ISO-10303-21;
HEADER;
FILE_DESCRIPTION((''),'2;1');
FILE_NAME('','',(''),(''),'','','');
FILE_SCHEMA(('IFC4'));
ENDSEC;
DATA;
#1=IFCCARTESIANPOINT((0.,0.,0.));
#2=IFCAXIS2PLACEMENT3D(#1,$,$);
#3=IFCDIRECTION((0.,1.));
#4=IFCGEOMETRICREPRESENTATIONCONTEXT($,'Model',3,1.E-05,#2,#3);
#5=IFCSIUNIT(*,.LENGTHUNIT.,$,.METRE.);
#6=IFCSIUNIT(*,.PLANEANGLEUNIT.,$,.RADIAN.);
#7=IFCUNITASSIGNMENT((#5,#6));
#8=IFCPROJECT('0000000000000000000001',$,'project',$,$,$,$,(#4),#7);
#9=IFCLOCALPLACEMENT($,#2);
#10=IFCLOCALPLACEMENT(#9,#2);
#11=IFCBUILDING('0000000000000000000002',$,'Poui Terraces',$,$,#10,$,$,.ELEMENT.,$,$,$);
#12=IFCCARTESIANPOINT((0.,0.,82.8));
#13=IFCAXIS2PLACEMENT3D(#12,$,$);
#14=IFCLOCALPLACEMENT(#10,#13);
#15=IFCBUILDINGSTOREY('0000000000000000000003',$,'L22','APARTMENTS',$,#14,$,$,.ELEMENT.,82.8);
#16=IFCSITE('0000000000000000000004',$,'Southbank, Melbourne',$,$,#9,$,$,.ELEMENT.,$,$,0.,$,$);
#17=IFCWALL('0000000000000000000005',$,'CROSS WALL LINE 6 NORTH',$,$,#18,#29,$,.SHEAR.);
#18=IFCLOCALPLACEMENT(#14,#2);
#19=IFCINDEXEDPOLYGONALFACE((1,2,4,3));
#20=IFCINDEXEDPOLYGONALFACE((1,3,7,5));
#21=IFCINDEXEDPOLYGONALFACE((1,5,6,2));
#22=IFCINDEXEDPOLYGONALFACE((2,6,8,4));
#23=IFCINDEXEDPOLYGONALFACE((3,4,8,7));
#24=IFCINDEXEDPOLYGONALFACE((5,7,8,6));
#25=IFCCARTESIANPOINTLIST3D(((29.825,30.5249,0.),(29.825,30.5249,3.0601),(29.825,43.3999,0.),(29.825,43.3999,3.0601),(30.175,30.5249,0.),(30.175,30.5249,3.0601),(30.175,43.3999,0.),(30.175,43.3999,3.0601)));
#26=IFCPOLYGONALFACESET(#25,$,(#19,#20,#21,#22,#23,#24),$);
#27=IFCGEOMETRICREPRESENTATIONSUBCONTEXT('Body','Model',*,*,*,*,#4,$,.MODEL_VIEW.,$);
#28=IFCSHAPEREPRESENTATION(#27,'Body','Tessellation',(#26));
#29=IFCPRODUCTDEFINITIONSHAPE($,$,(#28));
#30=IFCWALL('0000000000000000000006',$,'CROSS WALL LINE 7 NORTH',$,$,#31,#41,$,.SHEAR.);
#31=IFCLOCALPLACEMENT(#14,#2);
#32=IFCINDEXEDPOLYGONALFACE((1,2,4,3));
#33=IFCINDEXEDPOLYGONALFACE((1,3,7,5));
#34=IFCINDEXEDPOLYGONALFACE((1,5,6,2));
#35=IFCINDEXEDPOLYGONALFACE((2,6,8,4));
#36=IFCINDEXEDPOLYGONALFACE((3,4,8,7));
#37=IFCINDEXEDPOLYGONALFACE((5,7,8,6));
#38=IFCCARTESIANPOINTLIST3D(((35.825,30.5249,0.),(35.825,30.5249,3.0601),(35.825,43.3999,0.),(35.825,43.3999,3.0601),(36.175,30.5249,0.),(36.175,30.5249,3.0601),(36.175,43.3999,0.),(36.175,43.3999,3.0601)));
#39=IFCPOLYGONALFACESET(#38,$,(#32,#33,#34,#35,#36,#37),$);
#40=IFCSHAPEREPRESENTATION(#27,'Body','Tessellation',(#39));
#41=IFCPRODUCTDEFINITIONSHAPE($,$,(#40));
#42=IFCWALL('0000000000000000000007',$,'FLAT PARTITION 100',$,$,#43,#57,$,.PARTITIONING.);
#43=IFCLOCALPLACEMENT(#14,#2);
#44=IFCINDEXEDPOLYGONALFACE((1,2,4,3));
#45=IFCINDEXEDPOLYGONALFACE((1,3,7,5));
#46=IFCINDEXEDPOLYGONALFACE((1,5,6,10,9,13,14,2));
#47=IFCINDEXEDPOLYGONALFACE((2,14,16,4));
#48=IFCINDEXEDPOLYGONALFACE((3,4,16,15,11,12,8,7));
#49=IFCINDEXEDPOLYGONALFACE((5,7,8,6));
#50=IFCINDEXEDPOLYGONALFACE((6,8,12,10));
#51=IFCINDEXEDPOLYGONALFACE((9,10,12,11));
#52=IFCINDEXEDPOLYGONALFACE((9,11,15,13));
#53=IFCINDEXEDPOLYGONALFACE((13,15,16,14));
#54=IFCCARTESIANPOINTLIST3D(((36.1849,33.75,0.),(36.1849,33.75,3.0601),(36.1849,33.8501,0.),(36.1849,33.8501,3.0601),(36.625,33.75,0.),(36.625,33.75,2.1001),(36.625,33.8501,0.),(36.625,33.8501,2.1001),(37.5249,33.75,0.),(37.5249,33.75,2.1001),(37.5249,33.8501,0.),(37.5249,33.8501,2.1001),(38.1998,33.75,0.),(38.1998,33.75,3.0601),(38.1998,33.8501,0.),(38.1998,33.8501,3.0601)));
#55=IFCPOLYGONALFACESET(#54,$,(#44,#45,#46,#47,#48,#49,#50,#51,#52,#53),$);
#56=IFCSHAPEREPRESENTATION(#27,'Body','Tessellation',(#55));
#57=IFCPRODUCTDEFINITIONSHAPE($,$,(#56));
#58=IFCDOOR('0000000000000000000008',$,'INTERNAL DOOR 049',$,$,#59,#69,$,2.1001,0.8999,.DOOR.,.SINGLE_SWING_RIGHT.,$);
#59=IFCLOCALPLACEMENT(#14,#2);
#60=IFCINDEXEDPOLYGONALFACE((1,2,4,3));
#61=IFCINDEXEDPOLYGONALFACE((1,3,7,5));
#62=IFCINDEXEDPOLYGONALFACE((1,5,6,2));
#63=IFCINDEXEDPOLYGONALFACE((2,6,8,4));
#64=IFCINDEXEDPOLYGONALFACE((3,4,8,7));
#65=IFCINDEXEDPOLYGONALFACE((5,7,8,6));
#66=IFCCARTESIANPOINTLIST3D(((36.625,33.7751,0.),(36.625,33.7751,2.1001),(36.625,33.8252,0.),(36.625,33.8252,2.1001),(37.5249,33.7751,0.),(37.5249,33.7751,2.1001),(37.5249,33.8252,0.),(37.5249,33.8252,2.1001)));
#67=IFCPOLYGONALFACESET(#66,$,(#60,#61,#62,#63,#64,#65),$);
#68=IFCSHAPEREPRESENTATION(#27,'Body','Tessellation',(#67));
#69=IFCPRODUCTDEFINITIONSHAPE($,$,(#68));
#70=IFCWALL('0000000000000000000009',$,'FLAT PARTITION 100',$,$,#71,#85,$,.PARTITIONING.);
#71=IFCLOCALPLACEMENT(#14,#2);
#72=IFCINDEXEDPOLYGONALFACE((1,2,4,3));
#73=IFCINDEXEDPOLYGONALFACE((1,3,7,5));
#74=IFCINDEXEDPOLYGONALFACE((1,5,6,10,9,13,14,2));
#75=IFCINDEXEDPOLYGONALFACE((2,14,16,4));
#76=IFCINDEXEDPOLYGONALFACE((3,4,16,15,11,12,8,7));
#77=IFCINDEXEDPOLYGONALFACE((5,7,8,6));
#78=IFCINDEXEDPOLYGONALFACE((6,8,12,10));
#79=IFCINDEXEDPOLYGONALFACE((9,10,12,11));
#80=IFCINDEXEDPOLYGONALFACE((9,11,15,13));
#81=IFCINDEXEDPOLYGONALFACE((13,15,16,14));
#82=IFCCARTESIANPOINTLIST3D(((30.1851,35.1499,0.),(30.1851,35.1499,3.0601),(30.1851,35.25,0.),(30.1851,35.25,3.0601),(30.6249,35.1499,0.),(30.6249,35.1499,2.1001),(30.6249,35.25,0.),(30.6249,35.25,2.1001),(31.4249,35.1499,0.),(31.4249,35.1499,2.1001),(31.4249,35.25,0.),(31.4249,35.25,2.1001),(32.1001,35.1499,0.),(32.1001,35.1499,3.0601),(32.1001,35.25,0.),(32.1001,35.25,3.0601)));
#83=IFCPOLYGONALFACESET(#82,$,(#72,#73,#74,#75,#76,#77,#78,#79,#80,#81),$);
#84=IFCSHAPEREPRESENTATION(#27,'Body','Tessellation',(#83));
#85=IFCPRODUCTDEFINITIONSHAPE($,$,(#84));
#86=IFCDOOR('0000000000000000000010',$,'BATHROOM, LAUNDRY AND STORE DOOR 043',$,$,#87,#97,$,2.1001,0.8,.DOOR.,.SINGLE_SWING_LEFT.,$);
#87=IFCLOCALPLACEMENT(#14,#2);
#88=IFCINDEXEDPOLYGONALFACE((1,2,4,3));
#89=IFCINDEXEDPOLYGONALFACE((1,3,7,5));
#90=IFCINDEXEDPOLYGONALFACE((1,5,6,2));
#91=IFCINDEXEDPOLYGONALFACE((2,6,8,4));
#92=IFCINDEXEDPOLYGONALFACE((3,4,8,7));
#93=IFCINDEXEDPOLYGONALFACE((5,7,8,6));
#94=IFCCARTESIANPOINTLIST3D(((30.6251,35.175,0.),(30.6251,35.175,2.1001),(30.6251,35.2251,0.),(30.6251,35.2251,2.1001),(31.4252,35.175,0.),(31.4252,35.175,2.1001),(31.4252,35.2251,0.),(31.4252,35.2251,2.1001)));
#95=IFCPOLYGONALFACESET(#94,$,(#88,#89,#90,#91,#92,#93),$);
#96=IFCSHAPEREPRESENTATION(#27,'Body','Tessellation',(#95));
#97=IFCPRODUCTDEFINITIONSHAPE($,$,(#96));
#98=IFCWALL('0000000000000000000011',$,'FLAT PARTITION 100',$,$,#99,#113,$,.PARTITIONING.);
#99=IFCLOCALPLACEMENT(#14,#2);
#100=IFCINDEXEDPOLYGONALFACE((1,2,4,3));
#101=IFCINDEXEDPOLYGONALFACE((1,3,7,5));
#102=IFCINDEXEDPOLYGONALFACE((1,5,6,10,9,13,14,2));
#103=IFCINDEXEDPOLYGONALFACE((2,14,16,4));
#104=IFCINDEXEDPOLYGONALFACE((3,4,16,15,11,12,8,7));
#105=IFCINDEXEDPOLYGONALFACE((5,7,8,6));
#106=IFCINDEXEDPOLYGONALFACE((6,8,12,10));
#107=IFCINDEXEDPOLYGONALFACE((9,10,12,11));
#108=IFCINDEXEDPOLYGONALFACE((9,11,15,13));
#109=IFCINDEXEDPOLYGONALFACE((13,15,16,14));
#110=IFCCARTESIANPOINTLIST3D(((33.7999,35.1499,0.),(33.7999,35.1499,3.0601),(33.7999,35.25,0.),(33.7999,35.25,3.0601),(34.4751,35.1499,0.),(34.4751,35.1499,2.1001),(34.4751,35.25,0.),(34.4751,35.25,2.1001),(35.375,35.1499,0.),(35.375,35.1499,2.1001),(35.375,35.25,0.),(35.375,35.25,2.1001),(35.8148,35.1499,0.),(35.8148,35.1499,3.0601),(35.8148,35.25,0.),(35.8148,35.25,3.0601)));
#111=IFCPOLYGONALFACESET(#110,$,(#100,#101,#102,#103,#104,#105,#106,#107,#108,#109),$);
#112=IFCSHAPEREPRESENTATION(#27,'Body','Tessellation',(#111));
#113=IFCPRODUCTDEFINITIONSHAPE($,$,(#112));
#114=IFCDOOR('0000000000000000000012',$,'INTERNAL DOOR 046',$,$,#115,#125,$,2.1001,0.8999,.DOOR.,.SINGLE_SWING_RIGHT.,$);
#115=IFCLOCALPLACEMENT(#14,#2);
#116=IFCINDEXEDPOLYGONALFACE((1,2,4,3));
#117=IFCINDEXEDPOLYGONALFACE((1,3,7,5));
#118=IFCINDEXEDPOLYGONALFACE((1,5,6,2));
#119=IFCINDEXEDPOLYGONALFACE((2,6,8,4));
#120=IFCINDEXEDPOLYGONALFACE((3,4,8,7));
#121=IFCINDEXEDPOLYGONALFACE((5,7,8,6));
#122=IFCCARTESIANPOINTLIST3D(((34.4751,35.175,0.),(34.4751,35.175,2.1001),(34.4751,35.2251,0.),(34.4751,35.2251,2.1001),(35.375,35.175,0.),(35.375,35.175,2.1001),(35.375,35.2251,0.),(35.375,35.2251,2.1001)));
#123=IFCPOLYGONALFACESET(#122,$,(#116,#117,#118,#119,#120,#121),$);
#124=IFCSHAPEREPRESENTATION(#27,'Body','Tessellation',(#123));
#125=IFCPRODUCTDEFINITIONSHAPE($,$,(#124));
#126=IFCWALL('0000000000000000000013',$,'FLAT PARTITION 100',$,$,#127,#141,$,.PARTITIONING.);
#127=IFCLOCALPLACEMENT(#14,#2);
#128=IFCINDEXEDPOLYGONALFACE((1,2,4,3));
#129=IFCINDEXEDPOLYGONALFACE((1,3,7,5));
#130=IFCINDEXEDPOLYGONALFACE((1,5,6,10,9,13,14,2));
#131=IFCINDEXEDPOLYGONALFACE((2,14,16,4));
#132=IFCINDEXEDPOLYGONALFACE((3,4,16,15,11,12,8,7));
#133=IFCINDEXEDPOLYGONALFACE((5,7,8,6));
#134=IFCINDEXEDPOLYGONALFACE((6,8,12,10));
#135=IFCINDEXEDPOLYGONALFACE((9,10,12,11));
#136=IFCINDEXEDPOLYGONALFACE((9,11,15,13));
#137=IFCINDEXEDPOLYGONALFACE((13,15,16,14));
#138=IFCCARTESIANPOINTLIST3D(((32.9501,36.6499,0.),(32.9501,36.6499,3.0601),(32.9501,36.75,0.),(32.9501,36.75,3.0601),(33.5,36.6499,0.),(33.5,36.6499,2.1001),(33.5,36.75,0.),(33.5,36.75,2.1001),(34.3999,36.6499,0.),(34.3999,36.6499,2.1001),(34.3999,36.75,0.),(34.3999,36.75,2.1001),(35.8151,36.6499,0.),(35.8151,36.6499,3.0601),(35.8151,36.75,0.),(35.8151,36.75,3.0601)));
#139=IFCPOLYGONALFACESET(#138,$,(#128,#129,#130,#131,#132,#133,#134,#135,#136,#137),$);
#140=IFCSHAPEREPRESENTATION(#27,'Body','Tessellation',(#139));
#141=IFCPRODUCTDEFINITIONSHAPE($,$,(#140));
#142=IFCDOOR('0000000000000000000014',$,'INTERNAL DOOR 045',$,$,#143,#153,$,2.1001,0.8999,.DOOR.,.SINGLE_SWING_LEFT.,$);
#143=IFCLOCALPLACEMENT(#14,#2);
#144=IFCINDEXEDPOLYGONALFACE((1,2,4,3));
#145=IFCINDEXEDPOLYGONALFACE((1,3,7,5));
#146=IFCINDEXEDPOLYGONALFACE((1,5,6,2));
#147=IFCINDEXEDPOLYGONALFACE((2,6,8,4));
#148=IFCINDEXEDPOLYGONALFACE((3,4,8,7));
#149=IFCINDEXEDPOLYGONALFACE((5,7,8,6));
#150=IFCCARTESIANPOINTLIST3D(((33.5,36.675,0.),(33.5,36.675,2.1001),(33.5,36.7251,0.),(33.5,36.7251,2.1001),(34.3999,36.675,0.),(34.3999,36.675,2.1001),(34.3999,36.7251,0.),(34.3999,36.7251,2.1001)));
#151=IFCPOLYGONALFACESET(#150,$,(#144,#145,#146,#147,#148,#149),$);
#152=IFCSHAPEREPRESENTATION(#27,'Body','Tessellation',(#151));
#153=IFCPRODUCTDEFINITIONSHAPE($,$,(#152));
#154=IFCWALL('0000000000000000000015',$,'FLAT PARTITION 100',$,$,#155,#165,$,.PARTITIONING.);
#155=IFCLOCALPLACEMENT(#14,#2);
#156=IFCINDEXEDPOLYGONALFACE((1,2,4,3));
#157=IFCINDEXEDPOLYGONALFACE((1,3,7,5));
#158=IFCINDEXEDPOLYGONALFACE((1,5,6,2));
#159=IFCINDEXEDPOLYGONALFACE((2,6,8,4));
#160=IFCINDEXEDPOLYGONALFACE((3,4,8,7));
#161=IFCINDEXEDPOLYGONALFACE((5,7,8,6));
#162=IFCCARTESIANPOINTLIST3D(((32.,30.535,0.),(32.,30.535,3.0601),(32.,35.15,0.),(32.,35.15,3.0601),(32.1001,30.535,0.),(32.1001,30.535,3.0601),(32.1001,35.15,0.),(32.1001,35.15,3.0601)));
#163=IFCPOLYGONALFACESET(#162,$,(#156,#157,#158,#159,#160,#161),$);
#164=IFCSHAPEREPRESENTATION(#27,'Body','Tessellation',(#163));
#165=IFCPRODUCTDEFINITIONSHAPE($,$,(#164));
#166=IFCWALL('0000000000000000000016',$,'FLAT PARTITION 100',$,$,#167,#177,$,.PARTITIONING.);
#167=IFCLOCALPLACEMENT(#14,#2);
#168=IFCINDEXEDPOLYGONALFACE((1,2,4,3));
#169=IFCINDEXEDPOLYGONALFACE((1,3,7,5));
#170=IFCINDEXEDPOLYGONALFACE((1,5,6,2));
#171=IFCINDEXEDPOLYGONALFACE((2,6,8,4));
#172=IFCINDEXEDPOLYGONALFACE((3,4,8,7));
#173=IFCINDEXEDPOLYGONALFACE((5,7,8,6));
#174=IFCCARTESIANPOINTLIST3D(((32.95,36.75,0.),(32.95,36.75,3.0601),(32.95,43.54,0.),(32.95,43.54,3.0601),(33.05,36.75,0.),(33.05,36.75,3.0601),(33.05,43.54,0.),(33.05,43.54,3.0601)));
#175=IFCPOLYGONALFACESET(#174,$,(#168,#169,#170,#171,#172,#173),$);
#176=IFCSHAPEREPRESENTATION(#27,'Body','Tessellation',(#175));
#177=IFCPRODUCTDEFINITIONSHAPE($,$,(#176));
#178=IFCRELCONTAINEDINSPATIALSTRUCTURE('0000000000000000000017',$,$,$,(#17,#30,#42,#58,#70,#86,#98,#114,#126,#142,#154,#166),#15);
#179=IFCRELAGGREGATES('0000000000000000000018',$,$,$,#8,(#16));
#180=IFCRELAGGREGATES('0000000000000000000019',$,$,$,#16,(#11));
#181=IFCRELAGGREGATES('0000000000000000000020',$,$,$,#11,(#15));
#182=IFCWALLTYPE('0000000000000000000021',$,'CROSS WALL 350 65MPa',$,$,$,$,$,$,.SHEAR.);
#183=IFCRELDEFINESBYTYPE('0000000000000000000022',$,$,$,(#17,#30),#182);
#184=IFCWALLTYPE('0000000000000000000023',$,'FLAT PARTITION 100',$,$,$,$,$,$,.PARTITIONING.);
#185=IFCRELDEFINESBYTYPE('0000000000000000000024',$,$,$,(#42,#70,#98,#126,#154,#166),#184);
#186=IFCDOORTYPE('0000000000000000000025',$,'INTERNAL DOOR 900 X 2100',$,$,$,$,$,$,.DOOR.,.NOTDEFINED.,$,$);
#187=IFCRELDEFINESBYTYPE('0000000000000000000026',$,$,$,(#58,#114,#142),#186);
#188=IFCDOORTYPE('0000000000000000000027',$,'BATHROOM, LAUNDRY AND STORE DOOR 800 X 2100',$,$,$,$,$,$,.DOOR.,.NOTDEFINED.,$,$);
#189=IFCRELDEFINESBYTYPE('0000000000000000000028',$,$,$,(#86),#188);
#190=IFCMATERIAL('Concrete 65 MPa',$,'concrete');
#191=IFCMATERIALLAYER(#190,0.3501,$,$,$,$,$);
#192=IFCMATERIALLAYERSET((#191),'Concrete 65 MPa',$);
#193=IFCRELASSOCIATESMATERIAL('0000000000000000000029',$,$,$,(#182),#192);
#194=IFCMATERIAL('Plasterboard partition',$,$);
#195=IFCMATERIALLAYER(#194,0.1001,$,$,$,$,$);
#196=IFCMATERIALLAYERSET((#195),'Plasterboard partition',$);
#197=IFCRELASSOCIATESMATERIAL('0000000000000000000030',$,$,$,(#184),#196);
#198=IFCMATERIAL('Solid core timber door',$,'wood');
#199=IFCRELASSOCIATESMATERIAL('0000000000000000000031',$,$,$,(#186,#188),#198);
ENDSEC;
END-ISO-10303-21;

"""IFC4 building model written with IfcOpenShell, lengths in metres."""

from ifc_helpers import new_model, si_unit, direction, frame, frame_2d, origin, place, context, subcontext, project, spatial, rectangle, extrude, material, layer, layer_set, type_object, element, fill, save


model = new_model("IFC4")

# Units and contexts
model_context = context("Model", 3, precision=1e-05, world=origin(), true_north=direction((0.0, 1.0)))
body_context = subcontext(model_context, "Body", "Model", "MODEL_VIEW")
ifc_project = project(units=[si_unit("LENGTHUNIT", "METRE"), si_unit("PLANEANGLEUNIT", "RADIAN")], contexts=[model_context])

# Site, building, storey
site_placement = place(None, origin())
site = spatial("IfcSite", under=ifc_project, at=site_placement, Name="Southbank, Melbourne", CompositionType="ELEMENT", RefElevation=0.0)
building_placement = place(site_placement, origin())
building = spatial("IfcBuilding", under=site, at=building_placement, Name="Poui Terraces", CompositionType="ELEMENT")
storey_placement = place(building_placement, frame((0.0, 0.0, 82.8)))
storey = spatial("IfcBuildingStorey", under=building, at=storey_placement, Name="L22", Description="APARTMENTS", CompositionType="ELEMENT", Elevation=82.8)

# Walls
ifc_material_1 = material(Name="Concrete 65 MPa", Category="concrete")
ifc_layer_1 = layer(ifc_material_1, 0.3501)
ifc_layer_set_1 = layer_set([ifc_layer_1], Name="Concrete 65 MPa")
wall_type_1 = type_object("IfcWallType", Name="CROSS WALL 350 65MPa", PredefinedType="SHEAR", material=ifc_layer_set_1)
for number, where, z_axis, x_axis, name in (
    (1, (30.0, 30.5249, 0.0), (0.0, 0.0, 1.0), (0.0, 1.0, 0.0), "CROSS WALL LINE 6 NORTH"),
    (2, (36.0, 30.5249, 0.0), (0.0, 0.0, 1.0), (0.0, 1.0, 0.0), "CROSS WALL LINE 7 NORTH"),
):
    element("IfcWall", number, at=place(storey_placement, frame(where, z_axis=z_axis, x_axis=x_axis)), inside=storey, type_object=wall_type_1, Name=name, PredefinedType="SHEAR", context=body_context, shape_type="SweptSolid", body=[
        extrude(rectangle(XDim=12.875, YDim=0.3501, at=frame_2d((6.4375, 0.0))), origin(), (0.0, 0.0, 1.0), 3.0601),
    ])

# Walls, openings, doors
ifc_material_2 = material(Name="Plasterboard partition")
ifc_layer_2 = layer(ifc_material_2, 0.1001)
ifc_layer_set_2 = layer_set([ifc_layer_2], Name="Plasterboard partition")
wall_type_2 = type_object("IfcWallType", Name="FLAT PARTITION 100", PredefinedType="PARTITIONING", material=ifc_layer_set_2)
wall_1_placement = place(storey_placement, frame((36.1851, 33.8, 0.0), z_axis=(0.0, 0.0, 1.0), x_axis=(1.0, 0.0, 0.0)))
wall_1 = element("IfcWall", 3, at=wall_1_placement, inside=storey, type_object=wall_type_2, Name="FLAT PARTITION 100", PredefinedType="PARTITIONING", context=body_context, shape_type="SweptSolid", body=[
    extrude(rectangle(XDim=2.0149, YDim=0.1001, at=frame_2d((1.0073, 0.0))), origin(), (0.0, 0.0, 1.0), 3.0601),
])
opening_1_placement = place(wall_1_placement, frame((0.4399, 0.0, 0.0)))
opening_1 = element("IfcOpeningElement", 4, at=opening_1_placement, cuts=wall_1, PredefinedType="OPENING", context=body_context, shape_type="SweptSolid", body=[
    extrude(rectangle(XDim=0.8999, YDim=2.1001, at=frame_2d((0.45, 1.05))), frame((0.0, 0.0601, 0.0), z_axis=(0.0, -1.0, 0.0), x_axis=(1.0, 0.0, 0.0)), (0.0, 0.0, 1.0), 0.1201),
])
ifc_material_3 = material(Name="Solid core timber door", Category="wood")
door_type_1 = type_object("IfcDoorType", Name="INTERNAL DOOR 900 X 2100", OperationType="NOTDEFINED", PredefinedType="DOOR", material=ifc_material_3)
door_1_placement = place(opening_1_placement, frame((0.8999, 0.0, 0.0), z_axis=(0.0, 0.0, 1.0), x_axis=(-1.0, 0.0, 0.0)))
door_1 = element("IfcDoor", 5, at=door_1_placement, inside=storey, type_object=door_type_1, Name="INTERNAL DOOR 049", OperationType="SINGLE_SWING_RIGHT", OverallHeight=2.1001, OverallWidth=0.8999, PredefinedType="DOOR", context=body_context, shape_type="SweptSolid", body=[
    extrude(rectangle(XDim=0.8999, YDim=2.1001, at=frame_2d((0.45, 1.05))), frame((0.0, 0.0249, 0.0), z_axis=(0.0, -1.0, 0.0), x_axis=(1.0, 0.0, 0.0)), (0.0, 0.0, 1.0), 0.05),
])
fill(opening_1, door_1)
wall_2_placement = place(storey_placement, frame((30.1851, 35.2, 0.0), z_axis=(0.0, 0.0, 1.0), x_axis=(1.0, 0.0, 0.0)))
wall_2 = element("IfcWall", 6, at=wall_2_placement, inside=storey, type_object=wall_type_2, Name="FLAT PARTITION 100", PredefinedType="PARTITIONING", context=body_context, shape_type="SweptSolid", body=[
    extrude(rectangle(XDim=1.915, YDim=0.1001, at=frame_2d((0.9575, 0.0))), origin(), (0.0, 0.0, 1.0), 3.0601),
])
opening_2_placement = place(wall_2_placement, frame((0.4399, 0.0, 0.0)))
opening_2 = element("IfcOpeningElement", 7, at=opening_2_placement, cuts=wall_2, PredefinedType="OPENING", context=body_context, shape_type="SweptSolid", body=[
    extrude(rectangle(XDim=0.8, YDim=2.1001, at=frame_2d((0.3999, 1.05))), frame((0.0, 0.0601, 0.0), z_axis=(0.0, -1.0, 0.0), x_axis=(1.0, 0.0, 0.0)), (0.0, 0.0, 1.0), 0.1201),
])
door_type_2 = type_object("IfcDoorType", Name="BATHROOM, LAUNDRY AND STORE DOOR 800 X 2100", OperationType="NOTDEFINED", PredefinedType="DOOR", material=ifc_material_3)
door_2_placement = place(opening_2_placement, frame((0.8, 0.0, 0.0), z_axis=(0.0, 0.0, 1.0), x_axis=(-1.0, 0.0, 0.0)))
door_2 = element("IfcDoor", 8, at=door_2_placement, inside=storey, type_object=door_type_2, Name="BATHROOM, LAUNDRY AND STORE DOOR 043", OperationType="SINGLE_SWING_LEFT", OverallHeight=2.1001, OverallWidth=0.8, PredefinedType="DOOR", context=body_context, shape_type="SweptSolid", body=[
    extrude(rectangle(XDim=0.8, YDim=2.1001, at=frame_2d((0.3999, 1.05))), frame((0.0, 0.0249, 0.0), z_axis=(0.0, -1.0, 0.0), x_axis=(1.0, 0.0, 0.0)), (0.0, 0.0, 1.0), 0.05),
])
fill(opening_2, door_2)
wall_3_placement = place(storey_placement, frame((33.8, 35.2, 0.0), z_axis=(0.0, 0.0, 1.0), x_axis=(1.0, 0.0, 0.0)))
wall_3 = element("IfcWall", 9, at=wall_3_placement, inside=storey, type_object=wall_type_2, Name="FLAT PARTITION 100", PredefinedType="PARTITIONING", context=body_context, shape_type="SweptSolid", body=[
    extrude(rectangle(XDim=2.0149, YDim=0.1001, at=frame_2d((1.0073, 0.0))), origin(), (0.0, 0.0, 1.0), 3.0601),
])
opening_3_placement = place(wall_3_placement, frame((0.675, 0.0, 0.0)))
opening_3 = element("IfcOpeningElement", 10, at=opening_3_placement, cuts=wall_3, PredefinedType="OPENING", context=body_context, shape_type="SweptSolid", body=[
    extrude(rectangle(XDim=0.8999, YDim=2.1001, at=frame_2d((0.45, 1.05))), frame((0.0, 0.0601, 0.0), z_axis=(0.0, -1.0, 0.0), x_axis=(1.0, 0.0, 0.0)), (0.0, 0.0, 1.0), 0.1201),
])
door_3_placement = place(opening_3_placement, frame((0.8999, 0.0, 0.0), z_axis=(0.0, 0.0, 1.0), x_axis=(-1.0, 0.0, 0.0)))
door_3 = element("IfcDoor", 11, at=door_3_placement, inside=storey, type_object=door_type_1, Name="INTERNAL DOOR 046", OperationType="SINGLE_SWING_RIGHT", OverallHeight=2.1001, OverallWidth=0.8999, PredefinedType="DOOR", context=body_context, shape_type="SweptSolid", body=[
    extrude(rectangle(XDim=0.8999, YDim=2.1001, at=frame_2d((0.45, 1.05))), frame((0.0, 0.0249, 0.0), z_axis=(0.0, -1.0, 0.0), x_axis=(1.0, 0.0, 0.0)), (0.0, 0.0, 1.0), 0.05),
])
fill(opening_3, door_3)
wall_4_placement = place(storey_placement, frame((32.95, 36.7, 0.0), z_axis=(0.0, 0.0, 1.0), x_axis=(1.0, 0.0, 0.0)))
wall_4 = element("IfcWall", 12, at=wall_4_placement, inside=storey, type_object=wall_type_2, Name="FLAT PARTITION 100", PredefinedType="PARTITIONING", context=body_context, shape_type="SweptSolid", body=[
    extrude(rectangle(XDim=2.865, YDim=0.1001, at=frame_2d((1.4326, 0.0))), origin(), (0.0, 0.0, 1.0), 3.0601),
])
opening_4_placement = place(wall_4_placement, frame((0.55, 0.0, 0.0)))
opening_4 = element("IfcOpeningElement", 13, at=opening_4_placement, cuts=wall_4, PredefinedType="OPENING", context=body_context, shape_type="SweptSolid", body=[
    extrude(rectangle(XDim=0.8999, YDim=2.1001, at=frame_2d((0.45, 1.05))), frame((0.0, 0.0601, 0.0), z_axis=(0.0, -1.0, 0.0), x_axis=(1.0, 0.0, 0.0)), (0.0, 0.0, 1.0), 0.1201),
])
door_4_placement = place(opening_4_placement, frame((0.8999, 0.0, 0.0), z_axis=(0.0, 0.0, 1.0), x_axis=(-1.0, 0.0, 0.0)))
door_4 = element("IfcDoor", 14, at=door_4_placement, inside=storey, type_object=door_type_1, Name="INTERNAL DOOR 045", OperationType="SINGLE_SWING_LEFT", OverallHeight=2.1001, OverallWidth=0.8999, PredefinedType="DOOR", context=body_context, shape_type="SweptSolid", body=[
    extrude(rectangle(XDim=0.8999, YDim=2.1001, at=frame_2d((0.45, 1.05))), frame((0.0, 0.0249, 0.0), z_axis=(0.0, -1.0, 0.0), x_axis=(1.0, 0.0, 0.0)), (0.0, 0.0, 1.0), 0.05),
])
fill(opening_4, door_4)

# Walls
wall_5_placement = place(storey_placement, frame((32.05, 30.5349, 0.0), z_axis=(0.0, 0.0, 1.0), x_axis=(0.0, 1.0, 0.0)))
element("IfcWall", 15, at=wall_5_placement, inside=storey, type_object=wall_type_2, Name="FLAT PARTITION 100", PredefinedType="PARTITIONING", context=body_context, shape_type="SweptSolid", body=[
    extrude(rectangle(XDim=4.615, YDim=0.1001, at=frame_2d((2.3076, 0.0))), origin(), (0.0, 0.0, 1.0), 3.0601),
])
wall_6_placement = place(storey_placement, frame((33.0, 36.75, 0.0), z_axis=(0.0, 0.0, 1.0), x_axis=(0.0, 1.0, 0.0)))
element("IfcWall", 16, at=wall_6_placement, inside=storey, type_object=wall_type_2, Name="FLAT PARTITION 100", PredefinedType="PARTITIONING", context=body_context, shape_type="SweptSolid", body=[
    extrude(rectangle(XDim=6.79, YDim=0.1001, at=frame_2d((3.395, 0.0))), origin(), (0.0, 0.0, 1.0), 3.0601),
])

save(model, "model.ifc")
